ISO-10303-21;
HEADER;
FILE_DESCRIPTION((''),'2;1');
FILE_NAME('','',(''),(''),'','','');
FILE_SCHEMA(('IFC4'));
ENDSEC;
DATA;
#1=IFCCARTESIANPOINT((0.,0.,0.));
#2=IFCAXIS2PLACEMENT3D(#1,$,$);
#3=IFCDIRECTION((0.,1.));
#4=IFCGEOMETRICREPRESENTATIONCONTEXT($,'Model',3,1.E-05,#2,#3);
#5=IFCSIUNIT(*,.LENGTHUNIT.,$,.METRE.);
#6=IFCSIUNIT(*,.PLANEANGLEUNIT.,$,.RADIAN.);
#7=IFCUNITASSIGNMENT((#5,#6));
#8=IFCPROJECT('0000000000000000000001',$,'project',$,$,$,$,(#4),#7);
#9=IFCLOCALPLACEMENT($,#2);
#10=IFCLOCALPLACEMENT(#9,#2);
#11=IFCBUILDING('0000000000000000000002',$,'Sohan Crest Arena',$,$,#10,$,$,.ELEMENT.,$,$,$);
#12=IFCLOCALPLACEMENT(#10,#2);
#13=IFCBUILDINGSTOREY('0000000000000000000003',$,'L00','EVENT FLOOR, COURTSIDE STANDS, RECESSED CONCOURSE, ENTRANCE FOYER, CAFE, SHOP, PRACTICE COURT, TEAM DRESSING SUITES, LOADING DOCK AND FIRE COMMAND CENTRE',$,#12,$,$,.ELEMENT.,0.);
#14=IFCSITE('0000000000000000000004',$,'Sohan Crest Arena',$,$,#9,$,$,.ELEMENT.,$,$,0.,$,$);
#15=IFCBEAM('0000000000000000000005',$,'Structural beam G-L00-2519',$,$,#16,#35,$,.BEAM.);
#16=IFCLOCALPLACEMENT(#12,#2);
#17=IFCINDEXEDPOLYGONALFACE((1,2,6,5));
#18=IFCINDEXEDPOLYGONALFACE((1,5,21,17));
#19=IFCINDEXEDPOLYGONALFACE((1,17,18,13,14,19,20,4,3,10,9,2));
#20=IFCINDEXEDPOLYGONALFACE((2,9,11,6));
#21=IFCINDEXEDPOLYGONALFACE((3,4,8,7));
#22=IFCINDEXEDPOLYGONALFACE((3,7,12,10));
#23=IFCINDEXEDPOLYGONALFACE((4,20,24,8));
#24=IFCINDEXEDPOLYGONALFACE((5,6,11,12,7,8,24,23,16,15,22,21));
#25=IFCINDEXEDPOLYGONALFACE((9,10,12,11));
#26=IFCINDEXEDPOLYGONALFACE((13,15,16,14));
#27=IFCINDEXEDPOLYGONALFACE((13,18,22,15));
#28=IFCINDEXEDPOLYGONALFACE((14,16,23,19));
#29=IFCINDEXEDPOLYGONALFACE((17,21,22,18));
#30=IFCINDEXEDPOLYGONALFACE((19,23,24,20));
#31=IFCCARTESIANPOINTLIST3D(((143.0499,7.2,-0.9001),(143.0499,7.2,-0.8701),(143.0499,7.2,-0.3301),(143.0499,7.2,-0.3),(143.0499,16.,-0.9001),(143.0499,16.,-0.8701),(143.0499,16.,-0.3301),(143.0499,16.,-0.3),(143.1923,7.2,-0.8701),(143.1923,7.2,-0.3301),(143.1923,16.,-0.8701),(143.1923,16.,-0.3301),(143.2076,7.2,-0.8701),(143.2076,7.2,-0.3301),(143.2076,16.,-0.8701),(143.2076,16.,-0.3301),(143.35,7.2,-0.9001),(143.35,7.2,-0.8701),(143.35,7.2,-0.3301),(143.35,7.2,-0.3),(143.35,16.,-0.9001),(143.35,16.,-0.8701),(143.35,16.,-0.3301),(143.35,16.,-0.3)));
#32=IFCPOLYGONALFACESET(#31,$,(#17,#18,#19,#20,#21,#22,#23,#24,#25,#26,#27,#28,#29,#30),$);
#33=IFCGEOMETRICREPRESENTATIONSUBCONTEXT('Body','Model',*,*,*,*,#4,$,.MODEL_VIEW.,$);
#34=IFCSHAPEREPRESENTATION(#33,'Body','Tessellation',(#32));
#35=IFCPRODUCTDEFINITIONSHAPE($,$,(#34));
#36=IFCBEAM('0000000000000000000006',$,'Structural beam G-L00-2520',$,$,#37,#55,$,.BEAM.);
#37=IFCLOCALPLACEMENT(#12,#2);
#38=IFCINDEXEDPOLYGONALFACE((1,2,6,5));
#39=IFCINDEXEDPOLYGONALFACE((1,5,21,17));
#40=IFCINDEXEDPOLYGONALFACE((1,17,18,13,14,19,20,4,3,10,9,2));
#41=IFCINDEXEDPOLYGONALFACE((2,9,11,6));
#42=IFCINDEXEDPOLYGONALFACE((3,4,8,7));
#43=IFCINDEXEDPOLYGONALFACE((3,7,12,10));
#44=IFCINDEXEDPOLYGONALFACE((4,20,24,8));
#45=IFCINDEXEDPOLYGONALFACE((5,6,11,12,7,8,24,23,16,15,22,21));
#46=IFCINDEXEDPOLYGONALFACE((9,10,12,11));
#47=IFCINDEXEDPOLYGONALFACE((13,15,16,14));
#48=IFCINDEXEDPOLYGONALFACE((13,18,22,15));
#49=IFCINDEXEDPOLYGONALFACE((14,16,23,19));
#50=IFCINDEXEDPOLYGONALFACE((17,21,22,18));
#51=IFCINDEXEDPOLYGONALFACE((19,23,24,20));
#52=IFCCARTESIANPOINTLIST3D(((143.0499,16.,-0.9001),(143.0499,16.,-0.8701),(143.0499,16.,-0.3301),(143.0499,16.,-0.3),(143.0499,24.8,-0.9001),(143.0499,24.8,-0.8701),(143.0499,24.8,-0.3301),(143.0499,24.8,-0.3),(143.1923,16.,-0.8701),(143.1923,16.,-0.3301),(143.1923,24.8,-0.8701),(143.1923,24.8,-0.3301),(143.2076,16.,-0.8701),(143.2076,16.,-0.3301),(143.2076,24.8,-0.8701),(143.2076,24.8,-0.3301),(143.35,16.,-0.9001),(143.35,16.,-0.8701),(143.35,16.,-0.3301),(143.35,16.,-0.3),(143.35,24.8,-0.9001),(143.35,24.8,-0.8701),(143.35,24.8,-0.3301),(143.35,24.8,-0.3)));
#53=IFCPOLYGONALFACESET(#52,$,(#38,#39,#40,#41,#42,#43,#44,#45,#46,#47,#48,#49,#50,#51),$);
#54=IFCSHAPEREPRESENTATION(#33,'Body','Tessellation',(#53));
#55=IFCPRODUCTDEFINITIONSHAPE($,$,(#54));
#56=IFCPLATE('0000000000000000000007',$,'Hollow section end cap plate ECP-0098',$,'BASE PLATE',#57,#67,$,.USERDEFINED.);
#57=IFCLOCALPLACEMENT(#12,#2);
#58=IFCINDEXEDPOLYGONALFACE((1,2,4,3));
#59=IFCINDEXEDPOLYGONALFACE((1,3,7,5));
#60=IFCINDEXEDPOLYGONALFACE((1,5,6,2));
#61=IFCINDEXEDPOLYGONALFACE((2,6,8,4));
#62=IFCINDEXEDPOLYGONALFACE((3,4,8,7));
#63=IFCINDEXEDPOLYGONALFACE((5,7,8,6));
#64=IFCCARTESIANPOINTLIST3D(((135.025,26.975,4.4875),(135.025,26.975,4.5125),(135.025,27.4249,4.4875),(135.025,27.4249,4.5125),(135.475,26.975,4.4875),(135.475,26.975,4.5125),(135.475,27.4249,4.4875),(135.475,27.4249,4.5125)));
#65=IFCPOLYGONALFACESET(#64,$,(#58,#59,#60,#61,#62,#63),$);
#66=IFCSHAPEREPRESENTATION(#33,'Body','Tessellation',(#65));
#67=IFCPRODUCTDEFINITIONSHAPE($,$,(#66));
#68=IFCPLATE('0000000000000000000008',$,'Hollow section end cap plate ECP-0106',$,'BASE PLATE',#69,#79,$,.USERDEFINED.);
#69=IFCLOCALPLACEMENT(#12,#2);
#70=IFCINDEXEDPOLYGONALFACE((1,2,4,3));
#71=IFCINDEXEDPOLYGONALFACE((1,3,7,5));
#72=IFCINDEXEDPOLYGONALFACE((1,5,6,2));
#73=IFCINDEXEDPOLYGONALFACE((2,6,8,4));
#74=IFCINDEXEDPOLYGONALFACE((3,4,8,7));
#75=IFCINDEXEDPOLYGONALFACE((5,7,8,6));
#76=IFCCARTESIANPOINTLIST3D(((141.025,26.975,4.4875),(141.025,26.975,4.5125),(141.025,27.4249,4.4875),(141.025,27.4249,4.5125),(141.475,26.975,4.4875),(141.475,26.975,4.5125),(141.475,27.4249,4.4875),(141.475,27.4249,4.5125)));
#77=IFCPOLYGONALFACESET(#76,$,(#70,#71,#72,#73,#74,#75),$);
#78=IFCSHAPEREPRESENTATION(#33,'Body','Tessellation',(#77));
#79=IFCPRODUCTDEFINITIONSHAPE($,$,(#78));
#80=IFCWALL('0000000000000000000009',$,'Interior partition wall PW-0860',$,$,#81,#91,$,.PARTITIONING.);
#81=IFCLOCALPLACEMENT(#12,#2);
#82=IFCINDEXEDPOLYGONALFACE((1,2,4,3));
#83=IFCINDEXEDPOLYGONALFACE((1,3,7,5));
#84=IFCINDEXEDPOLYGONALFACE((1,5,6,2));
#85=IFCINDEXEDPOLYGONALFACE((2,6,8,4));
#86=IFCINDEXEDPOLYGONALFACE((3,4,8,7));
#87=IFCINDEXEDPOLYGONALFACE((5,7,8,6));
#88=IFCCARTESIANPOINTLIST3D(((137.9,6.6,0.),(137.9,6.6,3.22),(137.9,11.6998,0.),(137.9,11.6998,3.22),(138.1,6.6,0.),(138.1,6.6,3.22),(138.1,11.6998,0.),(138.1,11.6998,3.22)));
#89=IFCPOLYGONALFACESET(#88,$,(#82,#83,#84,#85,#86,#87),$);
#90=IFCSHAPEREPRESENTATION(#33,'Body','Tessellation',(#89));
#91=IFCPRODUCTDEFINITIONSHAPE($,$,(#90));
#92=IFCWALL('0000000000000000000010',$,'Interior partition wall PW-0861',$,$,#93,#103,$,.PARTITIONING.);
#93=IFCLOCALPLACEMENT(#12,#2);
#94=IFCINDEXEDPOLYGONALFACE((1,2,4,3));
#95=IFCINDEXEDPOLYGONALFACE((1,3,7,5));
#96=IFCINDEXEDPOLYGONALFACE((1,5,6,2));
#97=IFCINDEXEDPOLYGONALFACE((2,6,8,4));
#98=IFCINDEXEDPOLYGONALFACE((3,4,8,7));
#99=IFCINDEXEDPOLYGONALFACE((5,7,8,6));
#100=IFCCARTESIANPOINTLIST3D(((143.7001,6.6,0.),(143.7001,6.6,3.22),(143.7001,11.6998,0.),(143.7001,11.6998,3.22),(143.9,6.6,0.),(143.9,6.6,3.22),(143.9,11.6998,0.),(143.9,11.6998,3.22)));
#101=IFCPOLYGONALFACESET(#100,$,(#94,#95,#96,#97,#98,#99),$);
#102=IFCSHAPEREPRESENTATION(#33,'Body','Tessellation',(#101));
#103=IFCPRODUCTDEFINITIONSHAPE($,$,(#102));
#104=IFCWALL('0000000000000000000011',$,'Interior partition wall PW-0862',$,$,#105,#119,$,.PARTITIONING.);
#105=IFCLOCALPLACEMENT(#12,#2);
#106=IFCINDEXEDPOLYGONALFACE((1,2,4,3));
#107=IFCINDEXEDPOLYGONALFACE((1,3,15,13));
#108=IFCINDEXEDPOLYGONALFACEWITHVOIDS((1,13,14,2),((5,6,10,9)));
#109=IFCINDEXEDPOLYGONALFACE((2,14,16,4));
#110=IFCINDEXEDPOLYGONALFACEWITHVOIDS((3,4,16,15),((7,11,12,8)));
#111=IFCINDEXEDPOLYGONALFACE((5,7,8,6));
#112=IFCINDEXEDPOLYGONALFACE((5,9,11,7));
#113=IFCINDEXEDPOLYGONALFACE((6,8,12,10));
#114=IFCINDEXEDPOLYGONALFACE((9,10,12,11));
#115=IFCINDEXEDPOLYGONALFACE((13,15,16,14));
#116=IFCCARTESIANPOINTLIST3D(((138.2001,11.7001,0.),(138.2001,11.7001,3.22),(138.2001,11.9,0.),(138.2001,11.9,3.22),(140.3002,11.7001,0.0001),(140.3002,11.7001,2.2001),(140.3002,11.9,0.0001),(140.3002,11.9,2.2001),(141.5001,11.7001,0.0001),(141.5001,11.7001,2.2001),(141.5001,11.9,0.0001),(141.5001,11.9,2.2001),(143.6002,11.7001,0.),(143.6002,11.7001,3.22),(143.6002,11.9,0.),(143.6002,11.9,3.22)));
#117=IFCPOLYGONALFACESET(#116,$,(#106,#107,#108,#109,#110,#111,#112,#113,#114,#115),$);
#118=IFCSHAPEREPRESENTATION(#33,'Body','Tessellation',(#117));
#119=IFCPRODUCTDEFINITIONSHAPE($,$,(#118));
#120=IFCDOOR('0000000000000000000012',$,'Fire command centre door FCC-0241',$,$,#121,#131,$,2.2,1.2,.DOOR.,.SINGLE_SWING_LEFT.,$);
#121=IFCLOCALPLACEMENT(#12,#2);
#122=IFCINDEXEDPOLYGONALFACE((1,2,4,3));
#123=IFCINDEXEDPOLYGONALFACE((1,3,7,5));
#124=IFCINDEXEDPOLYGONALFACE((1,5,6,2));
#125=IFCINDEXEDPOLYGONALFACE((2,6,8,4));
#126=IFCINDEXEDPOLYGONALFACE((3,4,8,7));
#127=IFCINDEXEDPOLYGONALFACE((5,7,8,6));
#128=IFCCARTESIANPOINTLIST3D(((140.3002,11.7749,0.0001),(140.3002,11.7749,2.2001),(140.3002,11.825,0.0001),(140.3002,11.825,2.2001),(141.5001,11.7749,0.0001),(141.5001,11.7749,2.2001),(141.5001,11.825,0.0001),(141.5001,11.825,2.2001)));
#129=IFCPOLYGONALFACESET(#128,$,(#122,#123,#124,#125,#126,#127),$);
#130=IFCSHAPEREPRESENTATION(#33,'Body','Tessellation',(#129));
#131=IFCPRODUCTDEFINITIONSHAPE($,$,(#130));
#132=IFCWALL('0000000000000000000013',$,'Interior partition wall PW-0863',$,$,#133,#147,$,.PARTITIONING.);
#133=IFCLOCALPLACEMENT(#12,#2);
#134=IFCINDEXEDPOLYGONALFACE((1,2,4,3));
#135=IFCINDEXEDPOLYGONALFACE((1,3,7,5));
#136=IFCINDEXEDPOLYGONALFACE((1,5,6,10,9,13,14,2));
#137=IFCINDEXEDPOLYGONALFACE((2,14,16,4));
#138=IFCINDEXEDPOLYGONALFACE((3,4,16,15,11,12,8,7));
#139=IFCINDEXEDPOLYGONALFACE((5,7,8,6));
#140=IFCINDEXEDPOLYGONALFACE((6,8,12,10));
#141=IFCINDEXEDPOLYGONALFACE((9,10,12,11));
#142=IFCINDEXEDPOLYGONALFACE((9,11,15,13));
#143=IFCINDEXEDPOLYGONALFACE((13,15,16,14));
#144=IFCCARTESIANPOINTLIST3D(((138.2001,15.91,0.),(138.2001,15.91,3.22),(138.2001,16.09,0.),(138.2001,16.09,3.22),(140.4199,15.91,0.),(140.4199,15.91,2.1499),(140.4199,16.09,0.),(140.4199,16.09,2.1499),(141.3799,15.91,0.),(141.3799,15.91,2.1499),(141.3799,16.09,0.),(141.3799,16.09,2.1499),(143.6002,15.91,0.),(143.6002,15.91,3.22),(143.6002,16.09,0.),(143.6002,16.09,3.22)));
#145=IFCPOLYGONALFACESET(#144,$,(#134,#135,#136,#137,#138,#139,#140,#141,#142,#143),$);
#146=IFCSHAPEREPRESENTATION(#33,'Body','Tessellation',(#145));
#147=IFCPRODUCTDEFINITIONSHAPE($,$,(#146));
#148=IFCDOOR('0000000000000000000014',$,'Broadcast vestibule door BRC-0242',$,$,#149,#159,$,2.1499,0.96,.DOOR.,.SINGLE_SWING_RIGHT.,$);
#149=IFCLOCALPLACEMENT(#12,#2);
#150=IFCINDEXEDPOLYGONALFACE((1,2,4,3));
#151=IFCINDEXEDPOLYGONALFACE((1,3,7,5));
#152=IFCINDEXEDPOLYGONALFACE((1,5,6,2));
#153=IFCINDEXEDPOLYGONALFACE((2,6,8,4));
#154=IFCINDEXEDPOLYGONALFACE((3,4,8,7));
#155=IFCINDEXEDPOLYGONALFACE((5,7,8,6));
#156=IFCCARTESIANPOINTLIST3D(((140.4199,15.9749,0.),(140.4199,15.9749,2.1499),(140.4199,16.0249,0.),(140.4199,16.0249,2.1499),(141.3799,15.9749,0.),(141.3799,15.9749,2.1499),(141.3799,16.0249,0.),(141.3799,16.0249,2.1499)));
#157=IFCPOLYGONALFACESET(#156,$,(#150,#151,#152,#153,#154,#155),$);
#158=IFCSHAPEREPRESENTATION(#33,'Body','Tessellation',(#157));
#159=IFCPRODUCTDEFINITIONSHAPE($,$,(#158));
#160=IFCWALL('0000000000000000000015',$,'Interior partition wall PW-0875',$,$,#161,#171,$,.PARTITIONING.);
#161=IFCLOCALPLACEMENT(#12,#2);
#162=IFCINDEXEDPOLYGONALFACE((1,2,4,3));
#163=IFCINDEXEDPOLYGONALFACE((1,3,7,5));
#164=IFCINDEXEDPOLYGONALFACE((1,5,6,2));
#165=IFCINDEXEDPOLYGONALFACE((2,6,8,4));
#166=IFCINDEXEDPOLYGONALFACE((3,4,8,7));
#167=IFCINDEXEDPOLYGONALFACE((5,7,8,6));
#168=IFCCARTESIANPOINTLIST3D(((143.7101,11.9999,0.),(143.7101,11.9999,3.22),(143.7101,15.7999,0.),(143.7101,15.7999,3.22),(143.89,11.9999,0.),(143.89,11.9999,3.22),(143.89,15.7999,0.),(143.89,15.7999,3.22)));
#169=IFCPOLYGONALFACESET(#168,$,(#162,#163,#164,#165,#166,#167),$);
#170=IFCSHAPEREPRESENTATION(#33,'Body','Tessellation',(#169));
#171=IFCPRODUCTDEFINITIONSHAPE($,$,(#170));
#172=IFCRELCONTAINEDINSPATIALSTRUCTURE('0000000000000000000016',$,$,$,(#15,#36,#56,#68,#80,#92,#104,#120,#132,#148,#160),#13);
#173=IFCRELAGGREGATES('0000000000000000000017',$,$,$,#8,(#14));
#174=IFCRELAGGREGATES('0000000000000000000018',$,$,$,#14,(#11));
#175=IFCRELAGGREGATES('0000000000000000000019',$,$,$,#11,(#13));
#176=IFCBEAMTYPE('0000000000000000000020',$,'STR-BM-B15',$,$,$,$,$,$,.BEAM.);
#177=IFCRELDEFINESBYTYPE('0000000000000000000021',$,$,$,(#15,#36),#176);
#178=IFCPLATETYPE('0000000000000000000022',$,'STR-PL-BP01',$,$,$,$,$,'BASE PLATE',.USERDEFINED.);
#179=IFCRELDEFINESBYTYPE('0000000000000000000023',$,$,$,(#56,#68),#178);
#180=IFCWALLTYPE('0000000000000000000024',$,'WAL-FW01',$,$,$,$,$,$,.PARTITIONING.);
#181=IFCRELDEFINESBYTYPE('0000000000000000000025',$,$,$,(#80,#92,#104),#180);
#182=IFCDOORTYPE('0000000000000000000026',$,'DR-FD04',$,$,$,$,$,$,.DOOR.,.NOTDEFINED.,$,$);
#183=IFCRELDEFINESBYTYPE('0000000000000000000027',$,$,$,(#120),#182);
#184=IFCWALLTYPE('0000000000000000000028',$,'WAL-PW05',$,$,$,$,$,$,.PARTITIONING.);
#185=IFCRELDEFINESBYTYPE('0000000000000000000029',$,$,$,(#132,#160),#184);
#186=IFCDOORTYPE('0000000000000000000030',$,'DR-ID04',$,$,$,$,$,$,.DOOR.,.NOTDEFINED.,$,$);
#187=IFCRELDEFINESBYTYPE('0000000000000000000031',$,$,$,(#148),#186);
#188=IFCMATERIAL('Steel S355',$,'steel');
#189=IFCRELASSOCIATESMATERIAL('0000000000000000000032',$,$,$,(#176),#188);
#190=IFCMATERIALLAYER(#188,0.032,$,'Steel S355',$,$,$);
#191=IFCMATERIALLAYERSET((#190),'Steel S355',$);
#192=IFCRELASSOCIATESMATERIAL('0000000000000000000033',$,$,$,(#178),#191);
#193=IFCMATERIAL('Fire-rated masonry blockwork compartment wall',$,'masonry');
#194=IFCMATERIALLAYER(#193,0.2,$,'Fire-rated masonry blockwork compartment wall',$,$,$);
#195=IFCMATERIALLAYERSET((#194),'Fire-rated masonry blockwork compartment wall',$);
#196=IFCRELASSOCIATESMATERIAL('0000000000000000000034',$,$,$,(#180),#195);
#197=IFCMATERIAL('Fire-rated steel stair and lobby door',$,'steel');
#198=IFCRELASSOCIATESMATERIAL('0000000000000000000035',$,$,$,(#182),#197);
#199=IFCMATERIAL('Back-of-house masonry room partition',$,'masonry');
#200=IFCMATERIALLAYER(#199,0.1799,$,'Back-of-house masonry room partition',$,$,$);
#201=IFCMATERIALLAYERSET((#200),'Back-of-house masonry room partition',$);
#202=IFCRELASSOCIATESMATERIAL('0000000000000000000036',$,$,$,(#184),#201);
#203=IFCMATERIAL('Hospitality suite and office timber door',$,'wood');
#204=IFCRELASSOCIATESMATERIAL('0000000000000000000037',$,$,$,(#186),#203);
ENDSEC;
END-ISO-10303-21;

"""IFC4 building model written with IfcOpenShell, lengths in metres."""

from ifc_helpers import new_model, si_unit, direction, frame, frame_2d, origin, origin_2d, place, context, subcontext, project, spatial, rectangle, i_section, extrude, material, layer, layer_set, material_profile, profile_set, type_object, element, fill, save


model = new_model("IFC4")

# Units and contexts
model_context = context("Model", 3, precision=1e-05, world=origin(), true_north=direction((0.0, 1.0)))
body_context = subcontext(model_context, "Body", "Model", "MODEL_VIEW")
ifc_project = project(units=[si_unit("LENGTHUNIT", "METRE"), si_unit("PLANEANGLEUNIT", "RADIAN")], contexts=[model_context])

# Site, building, storey
site_placement = place(None, origin())
site = spatial("IfcSite", under=ifc_project, at=site_placement, Name="Sohan Crest Arena", CompositionType="ELEMENT", RefElevation=0.0)
building_placement = place(site_placement, origin())
building = spatial("IfcBuilding", under=site, at=building_placement, Name="Sohan Crest Arena", CompositionType="ELEMENT")
storey_placement = place(building_placement, origin())
storey = spatial("IfcBuildingStorey", under=building, at=storey_placement, Name="L00", Description="EVENT FLOOR, COURTSIDE STANDS, RECESSED CONCOURSE, ENTRANCE FOYER, CAFE, SHOP, PRACTICE COURT, TEAM DRESSING SUITES, LOADING DOCK AND FIRE COMMAND CENTRE", CompositionType="ELEMENT", Elevation=0.0)

# Shared definitions
ifc_material_1 = material(Name="Steel S355", Category="steel")

# Beams
ifc_material_profile_1 = material_profile(ifc_material_1, i_section(OverallWidth=0.3, OverallDepth=0.6001, WebThickness=0.0154, FlangeThickness=0.03, at=origin_2d()), Name="HEB 600")
ifc_profile_set_1 = profile_set([ifc_material_profile_1], Name="Steel S355")
beam_type_1 = type_object("IfcBeamType", Name="STR-BM-B15", PredefinedType="BEAM", material=ifc_profile_set_1)
for number, where, z_axis, x_axis, name in (
    (1, (143.2, 7.2, -0.6001), (0.0, 1.0, 0.0), (-1.0, 0.0, 0.0), "Structural beam G-L00-2519"),
    (2, (143.2, 16.0, -0.6001), (0.0, 1.0, 0.0), (-1.0, 0.0, 0.0), "Structural beam G-L00-2520"),
):
    element("IfcBeam", number, at=place(storey_placement, frame(where, z_axis=z_axis, x_axis=x_axis)), inside=storey, type_object=beam_type_1, Name=name, PredefinedType="BEAM", context=body_context, shape_type="SweptSolid", body=[
        extrude(i_section(OverallWidth=0.3, OverallDepth=0.6001, WebThickness=0.0154, FlangeThickness=0.03, at=origin_2d()), origin(), (0.0, 0.0, 1.0), 8.8),
    ])

# Plates
ifc_layer_1 = layer(ifc_material_1, 0.032, Name="Steel S355")
ifc_layer_set_1 = layer_set([ifc_layer_1], Name="Steel S355")
plate_type = type_object("IfcPlateType", Name="STR-PL-BP01", ElementType="BASE PLATE", PredefinedType="USERDEFINED", material=ifc_layer_set_1)
for number, where, z_axis, x_axis, name in (
    (3, (135.25, 27.2, 4.4875), (0.0, 0.0, 1.0), (1.0, 0.0, 0.0), "Hollow section end cap plate ECP-0098"),
    (4, (141.25, 27.2, 4.4875), (0.0, 0.0, 1.0), (1.0, 0.0, 0.0), "Hollow section end cap plate ECP-0106"),
):
    element("IfcPlate", number, at=place(storey_placement, frame(where, z_axis=z_axis, x_axis=x_axis)), inside=storey, type_object=plate_type, Name=name, ObjectType="BASE PLATE", PredefinedType="USERDEFINED", context=body_context, shape_type="SweptSolid", body=[
        extrude(rectangle(XDim=0.45, YDim=0.45, at=origin_2d()), origin(), (0.0, 0.0, 1.0), 0.0249),
    ])

# Walls
ifc_material_2 = material(Name="Fire-rated masonry blockwork compartment wall", Category="masonry")
ifc_layer_2 = layer(ifc_material_2, 0.2, Name="Fire-rated masonry blockwork compartment wall")
ifc_layer_set_2 = layer_set([ifc_layer_2], Name="Fire-rated masonry blockwork compartment wall")
wall_type_1 = type_object("IfcWallType", Name="WAL-FW01", PredefinedType="PARTITIONING", material=ifc_layer_set_2)
for number, where, z_axis, x_axis, name in (
    (5, (138.0, 6.6001, 0.0), (0.0, 0.0, 1.0), (0.0, 1.0, 0.0), "Interior partition wall PW-0860"),
    (6, (143.8, 6.6001, 0.0), (0.0, 0.0, 1.0), (0.0, 1.0, 0.0), "Interior partition wall PW-0861"),
):
    element("IfcWall", number, at=place(storey_placement, frame(where, z_axis=z_axis, x_axis=x_axis)), inside=storey, type_object=wall_type_1, Name=name, PredefinedType="PARTITIONING", context=body_context, shape_type="SweptSolid", body=[
        extrude(rectangle(XDim=5.0999, YDim=0.2, at=frame_2d((2.5498, 0.0))), origin(), (0.0, 0.0, 1.0), 3.22),
    ])

# Walls, openings, doors
wall_1_placement = place(storey_placement, frame((138.2, 11.8, 0.0), z_axis=(0.0, 0.0, 1.0), x_axis=(1.0, 0.0, 0.0)))
wall_1 = element("IfcWall", 7, at=wall_1_placement, inside=storey, type_object=wall_type_1, Name="Interior partition wall PW-0862", PredefinedType="PARTITIONING", context=body_context, shape_type="SweptSolid", body=[
    extrude(rectangle(XDim=5.4001, YDim=0.2, at=frame_2d((2.7002, 0.0))), origin(), (0.0, 0.0, 1.0), 3.22),
])
opening_1_placement = place(wall_1_placement, frame((2.1001, 0.0, 0.0)))
opening_1 = element("IfcOpeningElement", 8, at=opening_1_placement, cuts=wall_1, PredefinedType="OPENING", context=body_context, shape_type="SweptSolid", body=[
    extrude(rectangle(XDim=1.2, YDim=2.2, at=frame_2d((0.6001, 1.1001))), frame((0.0, 0.1099, 0.0), z_axis=(0.0, -1.0, 0.0), x_axis=(1.0, 0.0, 0.0)), (0.0, 0.0, 1.0), 0.22),
])
ifc_material_3 = material(Name="Fire-rated steel stair and lobby door", Category="steel")
door_type_1 = type_object("IfcDoorType", Name="DR-FD04", OperationType="NOTDEFINED", PredefinedType="DOOR", material=ifc_material_3)
door_1_placement = place(opening_1_placement, origin())
door_1 = element("IfcDoor", 9, at=door_1_placement, inside=storey, type_object=door_type_1, Name="Fire command centre door FCC-0241", OperationType="SINGLE_SWING_LEFT", OverallHeight=2.2, OverallWidth=1.2, PredefinedType="DOOR", context=body_context, shape_type="SweptSolid", body=[
    extrude(rectangle(XDim=1.2, YDim=2.2, at=frame_2d((0.6001, 1.1001))), frame((0.0, 0.0249, 0.0), z_axis=(0.0, -1.0, 0.0), x_axis=(1.0, 0.0, 0.0)), (0.0, 0.0, 1.0), 0.05),
])
fill(opening_1, door_1)
ifc_material_4 = material(Name="Back-of-house masonry room partition", Category="masonry")
ifc_layer_3 = layer(ifc_material_4, 0.1799, Name="Back-of-house masonry room partition")
ifc_layer_set_3 = layer_set([ifc_layer_3], Name="Back-of-house masonry room partition")
wall_type_2 = type_object("IfcWallType", Name="WAL-PW05", PredefinedType="PARTITIONING", material=ifc_layer_set_3)
wall_2_placement = place(storey_placement, frame((138.2, 16.0, 0.0), z_axis=(0.0, 0.0, 1.0), x_axis=(1.0, 0.0, 0.0)))
wall_2 = element("IfcWall", 10, at=wall_2_placement, inside=storey, type_object=wall_type_2, Name="Interior partition wall PW-0863", PredefinedType="PARTITIONING", context=body_context, shape_type="SweptSolid", body=[
    extrude(rectangle(XDim=5.4001, YDim=0.1799, at=frame_2d((2.7002, 0.0))), origin(), (0.0, 0.0, 1.0), 3.22),
])
opening_2_placement = place(wall_2_placement, frame((2.22, 0.0, 0.0)))
opening_2 = element("IfcOpeningElement", 11, at=opening_2_placement, cuts=wall_2, PredefinedType="OPENING", context=body_context, shape_type="SweptSolid", body=[
    extrude(rectangle(XDim=0.96, YDim=2.1499, at=frame_2d((0.48, 1.075))), frame((0.0, 0.0999, 0.0), z_axis=(0.0, -1.0, 0.0), x_axis=(1.0, 0.0, 0.0)), (0.0, 0.0, 1.0), 0.2),
])
ifc_material_5 = material(Name="Hospitality suite and office timber door", Category="wood")
door_type_2 = type_object("IfcDoorType", Name="DR-ID04", OperationType="NOTDEFINED", PredefinedType="DOOR", material=ifc_material_5)
door_2_placement = place(opening_2_placement, origin())
door_2 = element("IfcDoor", 12, at=door_2_placement, inside=storey, type_object=door_type_2, Name="Broadcast vestibule door BRC-0242", OperationType="SINGLE_SWING_RIGHT", OverallHeight=2.1499, OverallWidth=0.96, PredefinedType="DOOR", context=body_context, shape_type="SweptSolid", body=[
    extrude(rectangle(XDim=0.96, YDim=2.1499, at=frame_2d((0.48, 1.075))), frame((0.0, 0.0249, 0.0), z_axis=(0.0, -1.0, 0.0), x_axis=(1.0, 0.0, 0.0)), (0.0, 0.0, 1.0), 0.05),
])
fill(opening_2, door_2)

# Wall
wall_3_placement = place(storey_placement, frame((143.8, 12.0, 0.0), z_axis=(0.0, 0.0, 1.0), x_axis=(0.0, 1.0, 0.0)))
element("IfcWall", 13, at=wall_3_placement, inside=storey, type_object=wall_type_2, Name="Interior partition wall PW-0875", PredefinedType="PARTITIONING", context=body_context, shape_type="SweptSolid", body=[
    extrude(rectangle(XDim=3.8, YDim=0.1799, at=frame_2d((1.8999, 0.0))), origin(), (0.0, 0.0, 1.0), 3.22),
])

save(model, "model.ifc")
